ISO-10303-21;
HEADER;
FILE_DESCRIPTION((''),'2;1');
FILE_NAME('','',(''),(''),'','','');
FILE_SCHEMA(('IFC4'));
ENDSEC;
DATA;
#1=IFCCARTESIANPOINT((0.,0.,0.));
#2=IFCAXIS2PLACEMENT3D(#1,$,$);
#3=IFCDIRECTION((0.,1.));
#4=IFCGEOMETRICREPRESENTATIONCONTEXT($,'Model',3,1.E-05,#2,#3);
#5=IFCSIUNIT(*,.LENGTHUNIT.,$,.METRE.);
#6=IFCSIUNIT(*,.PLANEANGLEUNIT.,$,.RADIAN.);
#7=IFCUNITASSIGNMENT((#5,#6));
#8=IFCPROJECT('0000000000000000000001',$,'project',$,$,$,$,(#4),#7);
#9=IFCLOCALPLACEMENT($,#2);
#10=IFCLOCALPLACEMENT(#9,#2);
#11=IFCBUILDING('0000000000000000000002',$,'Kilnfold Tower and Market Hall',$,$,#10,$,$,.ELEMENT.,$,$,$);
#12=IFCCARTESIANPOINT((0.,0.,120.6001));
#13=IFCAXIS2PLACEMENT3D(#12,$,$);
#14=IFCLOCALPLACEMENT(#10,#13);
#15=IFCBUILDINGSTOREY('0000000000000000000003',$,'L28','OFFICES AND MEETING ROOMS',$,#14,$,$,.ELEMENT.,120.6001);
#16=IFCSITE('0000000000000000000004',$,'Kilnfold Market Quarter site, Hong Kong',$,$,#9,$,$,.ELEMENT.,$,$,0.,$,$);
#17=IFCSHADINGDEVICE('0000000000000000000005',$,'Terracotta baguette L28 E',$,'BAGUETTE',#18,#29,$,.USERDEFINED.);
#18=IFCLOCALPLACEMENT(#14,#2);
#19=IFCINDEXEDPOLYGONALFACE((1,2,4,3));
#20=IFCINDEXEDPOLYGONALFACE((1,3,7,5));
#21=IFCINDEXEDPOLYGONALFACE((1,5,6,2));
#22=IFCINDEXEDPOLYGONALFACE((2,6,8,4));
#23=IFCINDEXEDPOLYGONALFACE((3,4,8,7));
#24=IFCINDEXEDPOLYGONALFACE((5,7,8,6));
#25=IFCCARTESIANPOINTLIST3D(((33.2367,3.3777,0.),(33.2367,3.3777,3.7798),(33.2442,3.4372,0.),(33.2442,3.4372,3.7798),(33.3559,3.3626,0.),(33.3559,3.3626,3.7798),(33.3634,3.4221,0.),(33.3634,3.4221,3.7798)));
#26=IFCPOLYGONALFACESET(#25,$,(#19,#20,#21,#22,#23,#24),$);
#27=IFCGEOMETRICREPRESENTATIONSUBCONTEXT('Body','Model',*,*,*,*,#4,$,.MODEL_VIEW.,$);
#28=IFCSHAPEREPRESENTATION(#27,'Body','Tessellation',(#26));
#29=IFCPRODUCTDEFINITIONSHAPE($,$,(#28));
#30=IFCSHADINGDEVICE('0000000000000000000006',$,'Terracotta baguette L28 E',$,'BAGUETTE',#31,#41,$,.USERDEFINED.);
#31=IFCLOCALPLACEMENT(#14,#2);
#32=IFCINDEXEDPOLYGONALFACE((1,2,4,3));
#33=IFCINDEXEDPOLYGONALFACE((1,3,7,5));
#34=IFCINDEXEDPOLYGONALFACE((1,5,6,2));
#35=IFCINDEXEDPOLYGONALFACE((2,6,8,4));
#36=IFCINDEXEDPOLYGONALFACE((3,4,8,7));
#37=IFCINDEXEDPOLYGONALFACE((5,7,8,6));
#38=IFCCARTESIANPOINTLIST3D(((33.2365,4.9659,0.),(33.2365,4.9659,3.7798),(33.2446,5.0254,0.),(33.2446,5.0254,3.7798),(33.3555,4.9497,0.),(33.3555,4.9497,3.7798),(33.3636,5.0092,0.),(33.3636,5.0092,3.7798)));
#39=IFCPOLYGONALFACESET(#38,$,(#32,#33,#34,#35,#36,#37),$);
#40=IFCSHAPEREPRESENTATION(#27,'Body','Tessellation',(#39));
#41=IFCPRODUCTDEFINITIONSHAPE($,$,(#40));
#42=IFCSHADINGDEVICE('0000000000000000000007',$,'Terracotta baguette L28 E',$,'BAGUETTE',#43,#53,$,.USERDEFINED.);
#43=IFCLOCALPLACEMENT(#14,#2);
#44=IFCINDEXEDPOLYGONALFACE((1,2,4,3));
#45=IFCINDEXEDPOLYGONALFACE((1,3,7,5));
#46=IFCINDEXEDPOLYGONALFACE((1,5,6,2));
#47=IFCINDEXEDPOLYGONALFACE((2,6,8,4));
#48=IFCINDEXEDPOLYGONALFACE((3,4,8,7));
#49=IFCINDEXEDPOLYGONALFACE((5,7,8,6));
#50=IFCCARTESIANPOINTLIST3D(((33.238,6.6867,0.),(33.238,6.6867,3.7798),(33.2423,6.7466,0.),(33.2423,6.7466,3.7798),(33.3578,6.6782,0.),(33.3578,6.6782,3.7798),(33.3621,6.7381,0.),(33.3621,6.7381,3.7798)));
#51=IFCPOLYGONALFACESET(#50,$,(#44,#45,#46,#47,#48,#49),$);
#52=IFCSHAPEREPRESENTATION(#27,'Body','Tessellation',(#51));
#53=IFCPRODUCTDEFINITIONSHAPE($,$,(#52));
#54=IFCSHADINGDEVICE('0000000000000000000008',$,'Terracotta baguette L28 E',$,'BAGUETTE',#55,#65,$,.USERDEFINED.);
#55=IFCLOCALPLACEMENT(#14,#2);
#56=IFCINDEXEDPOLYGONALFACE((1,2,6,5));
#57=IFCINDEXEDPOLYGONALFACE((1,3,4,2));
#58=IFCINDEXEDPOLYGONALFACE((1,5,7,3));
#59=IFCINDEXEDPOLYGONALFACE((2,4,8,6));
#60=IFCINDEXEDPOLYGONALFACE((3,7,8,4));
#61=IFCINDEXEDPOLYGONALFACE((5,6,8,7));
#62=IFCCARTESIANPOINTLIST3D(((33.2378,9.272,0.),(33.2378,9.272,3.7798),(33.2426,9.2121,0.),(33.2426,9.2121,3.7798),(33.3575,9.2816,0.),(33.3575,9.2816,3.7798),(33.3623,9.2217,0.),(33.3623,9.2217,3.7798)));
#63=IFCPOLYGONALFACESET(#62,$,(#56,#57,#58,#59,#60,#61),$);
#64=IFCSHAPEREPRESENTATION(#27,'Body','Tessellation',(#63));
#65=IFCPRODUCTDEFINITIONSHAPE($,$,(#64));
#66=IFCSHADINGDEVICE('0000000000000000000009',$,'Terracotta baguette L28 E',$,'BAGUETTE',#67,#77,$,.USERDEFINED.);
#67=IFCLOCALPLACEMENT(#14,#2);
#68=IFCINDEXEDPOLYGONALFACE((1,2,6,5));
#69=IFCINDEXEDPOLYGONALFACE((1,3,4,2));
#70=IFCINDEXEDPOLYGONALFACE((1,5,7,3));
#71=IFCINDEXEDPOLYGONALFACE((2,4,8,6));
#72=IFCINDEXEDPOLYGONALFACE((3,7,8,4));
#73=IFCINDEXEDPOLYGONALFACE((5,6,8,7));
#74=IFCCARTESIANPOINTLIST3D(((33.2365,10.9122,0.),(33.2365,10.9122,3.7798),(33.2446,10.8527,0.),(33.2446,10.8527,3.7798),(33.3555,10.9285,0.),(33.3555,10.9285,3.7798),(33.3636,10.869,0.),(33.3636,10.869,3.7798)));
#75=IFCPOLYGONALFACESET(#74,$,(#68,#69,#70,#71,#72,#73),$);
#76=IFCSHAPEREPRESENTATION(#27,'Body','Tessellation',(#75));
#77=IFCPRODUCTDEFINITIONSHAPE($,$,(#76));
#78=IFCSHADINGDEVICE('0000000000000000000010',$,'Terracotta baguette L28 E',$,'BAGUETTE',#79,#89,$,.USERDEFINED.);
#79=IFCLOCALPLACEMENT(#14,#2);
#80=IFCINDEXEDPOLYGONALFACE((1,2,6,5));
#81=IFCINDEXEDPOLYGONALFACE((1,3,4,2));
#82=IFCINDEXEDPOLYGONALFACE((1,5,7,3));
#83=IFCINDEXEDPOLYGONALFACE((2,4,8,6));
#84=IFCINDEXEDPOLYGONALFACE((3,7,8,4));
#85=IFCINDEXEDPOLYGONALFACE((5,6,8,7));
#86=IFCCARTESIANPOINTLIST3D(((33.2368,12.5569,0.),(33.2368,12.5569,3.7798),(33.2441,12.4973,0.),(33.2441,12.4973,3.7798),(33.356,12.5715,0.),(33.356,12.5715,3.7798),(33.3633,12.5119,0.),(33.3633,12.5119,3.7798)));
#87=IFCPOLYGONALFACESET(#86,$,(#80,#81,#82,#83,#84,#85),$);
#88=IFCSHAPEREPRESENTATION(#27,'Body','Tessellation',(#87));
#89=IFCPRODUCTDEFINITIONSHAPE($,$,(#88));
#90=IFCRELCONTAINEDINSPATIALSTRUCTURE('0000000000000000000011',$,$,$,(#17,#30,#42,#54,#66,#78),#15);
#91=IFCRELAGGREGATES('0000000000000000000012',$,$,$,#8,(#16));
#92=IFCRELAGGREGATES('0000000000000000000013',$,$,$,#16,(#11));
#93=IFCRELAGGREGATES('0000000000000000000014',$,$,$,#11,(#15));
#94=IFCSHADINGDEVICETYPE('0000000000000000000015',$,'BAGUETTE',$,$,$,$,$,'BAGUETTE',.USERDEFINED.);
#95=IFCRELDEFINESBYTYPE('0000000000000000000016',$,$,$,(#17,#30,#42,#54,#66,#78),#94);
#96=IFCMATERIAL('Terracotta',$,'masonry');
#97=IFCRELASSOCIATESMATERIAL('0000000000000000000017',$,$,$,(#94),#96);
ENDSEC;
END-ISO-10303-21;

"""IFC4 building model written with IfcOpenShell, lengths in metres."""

from ifc_helpers import new_model, si_unit, direction, frame, origin, origin_2d, place, context, subcontext, project, spatial, rectangle, extrude, source, transform, mapped, material, material_profile, profile_set, type_object, element, save


model = new_model("IFC4")

# Units and contexts
model_context = context("Model", 3, precision=1e-05, world=origin(), true_north=direction((0.0, 1.0)))
body_context = subcontext(model_context, "Body", "Model", "MODEL_VIEW")
ifc_project = project(units=[si_unit("LENGTHUNIT", "METRE"), si_unit("PLANEANGLEUNIT", "RADIAN")], contexts=[model_context])

# Site, building, storey
site_placement = place(None, origin())
site = spatial("IfcSite", under=ifc_project, at=site_placement, Name="Kilnfold Market Quarter site, Hong Kong", CompositionType="ELEMENT", RefElevation=0.0)
building_placement = place(site_placement, origin())
building = spatial("IfcBuilding", under=site, at=building_placement, Name="Kilnfold Tower and Market Hall", CompositionType="ELEMENT")
storey_placement = place(building_placement, frame((0.0, 0.0, 120.6001)))
storey = spatial("IfcBuildingStorey", under=building, at=storey_placement, Name="L28", Description="OFFICES AND MEETING ROOMS", CompositionType="ELEMENT", Elevation=120.6001)

# Shading devices
ifc_material_1 = material(Name="Terracotta", Category="masonry")
ifc_material_profile_1 = material_profile(ifc_material_1, rectangle(XDim=0.0601, YDim=0.1201, at=origin_2d()), Name="BAG 60x120")
ifc_profile_set_1 = profile_set([ifc_material_profile_1], Name="Terracotta")
shading_device_type = type_object("IfcShadingDeviceType", Name="BAGUETTE", ElementType="BAGUETTE", PredefinedType="USERDEFINED", material=ifc_profile_set_1)
shared_shape_1 = source(origin(), body_context, "Body", "SweptSolid", [
    extrude(rectangle(XDim=0.0601, YDim=0.1201, at=origin_2d()), origin(), (0.0, 0.0, 1.0), 3.7798),
])
for number, where, z_axis, x_axis, name in (
    (1, (33.3, 3.3999, 0.0), (0.0, 0.0, 1.0), (0.12573, 0.992065, 0.0), "Terracotta baguette L28 E"),
    (2, (33.3, 4.9875, 0.0), (0.0, 0.0, 1.0), (0.134234, 0.99095, 0.0), "Terracotta baguette L28 E"),
    (3, (33.3, 6.7124, 0.0), (0.0, 0.0, 1.0), (0.070355, 0.997522, 0.0), "Terracotta baguette L28 E"),
    (4, (33.3, 9.2468, 0.0), (0.0, 0.0, 1.0), (-0.079771, 0.996813, 0.0), "Terracotta baguette L28 E"),
    (5, (33.3, 10.8906, 0.0), (0.0, 0.0, 1.0), (-0.13571, 0.990749, 0.0), "Terracotta baguette L28 E"),
    (6, (33.3, 12.5344, 0.0), (0.0, 0.0, 1.0), (-0.12132, 0.992613, 0.0), "Terracotta baguette L28 E"),
):
    element("IfcShadingDevice", number, at=place(storey_placement, frame(where, z_axis=z_axis, x_axis=x_axis)), inside=storey, type_object=shading_device_type, Name=name, ObjectType="BAGUETTE", PredefinedType="USERDEFINED", context=body_context, shape_type="MappedRepresentation", body=[
        mapped(shared_shape_1, transform((0.0, 0.0, 0.0))),
    ])

save(model, "model.ifc")
